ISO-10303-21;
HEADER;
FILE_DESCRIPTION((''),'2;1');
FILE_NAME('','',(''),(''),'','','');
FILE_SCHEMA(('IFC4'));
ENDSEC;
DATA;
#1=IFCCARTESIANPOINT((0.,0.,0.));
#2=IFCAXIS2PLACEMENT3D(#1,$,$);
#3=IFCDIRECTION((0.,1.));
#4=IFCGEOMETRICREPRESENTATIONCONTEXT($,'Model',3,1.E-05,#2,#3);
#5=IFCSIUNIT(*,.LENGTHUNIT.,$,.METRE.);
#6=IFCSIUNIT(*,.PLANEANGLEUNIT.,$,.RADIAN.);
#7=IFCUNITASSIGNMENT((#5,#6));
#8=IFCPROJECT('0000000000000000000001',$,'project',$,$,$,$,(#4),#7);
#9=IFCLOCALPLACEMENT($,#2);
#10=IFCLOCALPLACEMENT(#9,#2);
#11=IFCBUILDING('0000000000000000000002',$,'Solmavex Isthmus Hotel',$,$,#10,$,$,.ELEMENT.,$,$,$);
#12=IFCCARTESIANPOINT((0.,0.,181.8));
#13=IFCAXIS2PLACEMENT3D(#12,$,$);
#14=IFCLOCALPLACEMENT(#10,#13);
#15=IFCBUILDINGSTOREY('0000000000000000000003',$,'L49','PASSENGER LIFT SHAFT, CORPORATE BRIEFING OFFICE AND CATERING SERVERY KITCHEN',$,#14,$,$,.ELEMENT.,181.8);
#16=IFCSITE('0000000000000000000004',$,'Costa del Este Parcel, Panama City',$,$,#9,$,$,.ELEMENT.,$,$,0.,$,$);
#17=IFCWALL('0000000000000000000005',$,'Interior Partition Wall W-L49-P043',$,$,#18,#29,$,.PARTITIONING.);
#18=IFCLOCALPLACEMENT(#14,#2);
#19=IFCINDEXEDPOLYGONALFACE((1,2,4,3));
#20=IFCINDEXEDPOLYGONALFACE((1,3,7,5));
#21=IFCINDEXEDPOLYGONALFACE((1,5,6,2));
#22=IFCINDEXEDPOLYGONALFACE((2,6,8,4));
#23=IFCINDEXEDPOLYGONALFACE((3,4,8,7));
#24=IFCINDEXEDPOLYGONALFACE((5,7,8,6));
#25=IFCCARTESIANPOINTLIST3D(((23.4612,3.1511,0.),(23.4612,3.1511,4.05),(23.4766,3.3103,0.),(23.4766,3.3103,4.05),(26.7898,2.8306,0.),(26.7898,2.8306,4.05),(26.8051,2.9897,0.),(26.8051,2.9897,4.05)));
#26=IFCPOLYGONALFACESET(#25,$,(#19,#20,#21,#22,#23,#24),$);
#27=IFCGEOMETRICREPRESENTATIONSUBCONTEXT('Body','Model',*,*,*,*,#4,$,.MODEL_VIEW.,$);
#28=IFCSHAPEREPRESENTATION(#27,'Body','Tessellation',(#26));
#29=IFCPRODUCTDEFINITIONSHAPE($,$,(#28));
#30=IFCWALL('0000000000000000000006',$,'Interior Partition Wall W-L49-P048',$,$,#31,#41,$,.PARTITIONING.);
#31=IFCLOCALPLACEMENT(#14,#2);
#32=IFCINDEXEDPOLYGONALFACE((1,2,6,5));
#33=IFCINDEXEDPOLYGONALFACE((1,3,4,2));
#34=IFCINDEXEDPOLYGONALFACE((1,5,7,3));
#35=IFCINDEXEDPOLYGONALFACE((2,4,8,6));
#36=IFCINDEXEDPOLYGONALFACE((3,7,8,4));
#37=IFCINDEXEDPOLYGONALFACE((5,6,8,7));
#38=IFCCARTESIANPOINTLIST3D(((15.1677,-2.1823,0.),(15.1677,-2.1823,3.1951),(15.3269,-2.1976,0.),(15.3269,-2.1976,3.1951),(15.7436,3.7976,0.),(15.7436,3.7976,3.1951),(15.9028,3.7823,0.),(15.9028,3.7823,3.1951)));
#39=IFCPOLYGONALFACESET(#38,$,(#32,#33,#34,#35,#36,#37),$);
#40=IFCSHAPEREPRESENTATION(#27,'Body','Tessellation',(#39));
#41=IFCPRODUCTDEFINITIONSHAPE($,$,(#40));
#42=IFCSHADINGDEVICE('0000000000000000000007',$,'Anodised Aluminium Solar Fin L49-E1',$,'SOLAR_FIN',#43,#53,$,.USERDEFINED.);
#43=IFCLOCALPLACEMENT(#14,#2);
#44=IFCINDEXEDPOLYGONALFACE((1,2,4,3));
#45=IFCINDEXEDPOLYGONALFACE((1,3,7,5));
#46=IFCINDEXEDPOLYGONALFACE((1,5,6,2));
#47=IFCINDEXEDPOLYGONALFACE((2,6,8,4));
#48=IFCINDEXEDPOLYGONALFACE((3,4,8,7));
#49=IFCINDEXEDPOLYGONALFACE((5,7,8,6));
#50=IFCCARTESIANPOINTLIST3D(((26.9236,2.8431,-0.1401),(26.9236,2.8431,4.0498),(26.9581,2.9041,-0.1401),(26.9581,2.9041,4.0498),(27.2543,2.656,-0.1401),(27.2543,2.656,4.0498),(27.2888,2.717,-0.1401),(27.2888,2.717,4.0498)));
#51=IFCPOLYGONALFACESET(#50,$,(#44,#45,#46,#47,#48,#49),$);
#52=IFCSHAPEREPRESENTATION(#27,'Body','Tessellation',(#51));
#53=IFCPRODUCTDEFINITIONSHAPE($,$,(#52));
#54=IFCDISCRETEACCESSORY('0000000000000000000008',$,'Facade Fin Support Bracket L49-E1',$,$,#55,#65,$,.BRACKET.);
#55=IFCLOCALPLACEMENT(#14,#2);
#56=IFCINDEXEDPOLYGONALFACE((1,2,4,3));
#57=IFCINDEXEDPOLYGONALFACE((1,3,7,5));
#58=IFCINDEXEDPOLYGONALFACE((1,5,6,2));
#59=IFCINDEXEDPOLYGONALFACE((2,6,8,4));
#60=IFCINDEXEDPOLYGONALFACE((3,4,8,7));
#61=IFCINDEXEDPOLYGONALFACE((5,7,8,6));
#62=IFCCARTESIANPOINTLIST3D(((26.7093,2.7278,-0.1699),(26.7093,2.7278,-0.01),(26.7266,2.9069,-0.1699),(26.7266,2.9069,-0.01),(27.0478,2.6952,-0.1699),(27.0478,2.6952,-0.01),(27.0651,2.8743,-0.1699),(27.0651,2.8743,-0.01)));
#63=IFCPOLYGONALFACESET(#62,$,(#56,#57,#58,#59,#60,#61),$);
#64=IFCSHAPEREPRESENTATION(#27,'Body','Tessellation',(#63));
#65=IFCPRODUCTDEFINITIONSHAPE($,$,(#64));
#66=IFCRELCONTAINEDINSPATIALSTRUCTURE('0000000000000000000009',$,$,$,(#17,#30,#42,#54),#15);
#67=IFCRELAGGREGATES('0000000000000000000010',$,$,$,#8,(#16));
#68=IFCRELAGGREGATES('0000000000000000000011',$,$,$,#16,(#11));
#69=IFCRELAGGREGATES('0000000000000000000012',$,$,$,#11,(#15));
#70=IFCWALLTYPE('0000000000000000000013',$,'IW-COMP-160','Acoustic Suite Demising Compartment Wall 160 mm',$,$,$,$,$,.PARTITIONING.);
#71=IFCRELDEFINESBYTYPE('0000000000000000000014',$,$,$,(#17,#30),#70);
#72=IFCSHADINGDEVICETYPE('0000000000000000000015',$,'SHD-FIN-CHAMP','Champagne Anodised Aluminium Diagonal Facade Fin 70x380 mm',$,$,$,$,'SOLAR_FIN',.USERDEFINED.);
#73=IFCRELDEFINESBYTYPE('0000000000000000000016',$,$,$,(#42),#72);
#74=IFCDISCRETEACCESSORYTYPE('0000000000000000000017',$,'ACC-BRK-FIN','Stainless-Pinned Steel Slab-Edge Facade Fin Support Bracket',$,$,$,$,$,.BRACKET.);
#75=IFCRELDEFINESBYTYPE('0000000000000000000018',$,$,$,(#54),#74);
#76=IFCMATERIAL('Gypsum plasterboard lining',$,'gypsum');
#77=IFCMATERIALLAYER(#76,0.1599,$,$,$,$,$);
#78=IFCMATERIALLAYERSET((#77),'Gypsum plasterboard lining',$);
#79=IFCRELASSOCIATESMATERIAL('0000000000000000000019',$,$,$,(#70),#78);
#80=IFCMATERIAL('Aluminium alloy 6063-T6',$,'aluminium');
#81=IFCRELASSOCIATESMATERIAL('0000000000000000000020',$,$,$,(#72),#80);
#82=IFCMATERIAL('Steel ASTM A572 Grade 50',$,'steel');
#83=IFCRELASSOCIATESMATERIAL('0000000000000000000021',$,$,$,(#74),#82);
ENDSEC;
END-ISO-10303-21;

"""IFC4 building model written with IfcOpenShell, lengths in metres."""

from ifc_helpers import new_model, si_unit, direction, frame, frame_2d, origin, origin_2d, place, context, subcontext, project, spatial, rectangle, extrude, material, layer, layer_set, type_object, element, save


model = new_model("IFC4")

# Units and contexts
model_context = context("Model", 3, precision=1e-05, world=origin(), true_north=direction((0.0, 1.0)))
body_context = subcontext(model_context, "Body", "Model", "MODEL_VIEW")
ifc_project = project(units=[si_unit("LENGTHUNIT", "METRE"), si_unit("PLANEANGLEUNIT", "RADIAN")], contexts=[model_context])

# Site, building, storey
site_placement = place(None, origin())
site = spatial("IfcSite", under=ifc_project, at=site_placement, Name="Costa del Este Parcel, Panama City", CompositionType="ELEMENT", RefElevation=0.0)
building_placement = place(site_placement, origin())
building = spatial("IfcBuilding", under=site, at=building_placement, Name="Solmavex Isthmus Hotel", CompositionType="ELEMENT")
storey_placement = place(building_placement, frame((0.0, 0.0, 181.8)))
storey = spatial("IfcBuildingStorey", under=building, at=storey_placement, Name="L49", Description="PASSENGER LIFT SHAFT, CORPORATE BRIEFING OFFICE AND CATERING SERVERY KITCHEN", CompositionType="ELEMENT", Elevation=181.8)

# Shared definitions
ifc_material_1 = material(Name="Aluminium alloy 6063-T6", Category="aluminium")

# Shared definitions
ifc_material_2 = material(Name="Gypsum plasterboard lining", Category="gypsum")
ifc_layer_1 = layer(ifc_material_2, 0.1599)
ifc_layer_set_1 = layer_set([ifc_layer_1], Name="Gypsum plasterboard lining")
wall_type = type_object("IfcWallType", Name="IW-COMP-160", Description="Acoustic Suite Demising Compartment Wall 160 mm", PredefinedType="PARTITIONING", material=ifc_layer_set_1)

# Walls
wall_1_placement = place(storey_placement, frame((26.7974, 2.9102, 0.0), z_axis=(0.0, 0.0, 1.0), x_axis=(-0.995395, 0.09586, 0.0)))
element("IfcWall", 1, at=wall_1_placement, inside=storey, type_object=wall_type, Name="Interior Partition Wall W-L49-P043", PredefinedType="PARTITIONING", context=body_context, shape_type="SweptSolid", body=[
    extrude(rectangle(XDim=3.344, YDim=0.1599, at=frame_2d((1.6719, 0.0))), origin(), (0.0, 0.0, 1.0), 4.05),
])
wall_2_placement = place(storey_placement, frame((15.8232, 3.79, 0.0), z_axis=(0.0, 0.0, 1.0), x_axis=(-0.095866, -0.995394, 0.0)))
element("IfcWall", 2, at=wall_2_placement, inside=storey, type_object=wall_type, Name="Interior Partition Wall W-L49-P048", PredefinedType="PARTITIONING", context=body_context, shape_type="SweptSolid", body=[
    extrude(rectangle(XDim=6.0076, YDim=0.1599, at=frame_2d((3.0039, 0.0))), origin(), (0.0, 0.0, 1.0), 3.1951),
])

# Shading device
shading_device_type = type_object("IfcShadingDeviceType", Name="SHD-FIN-CHAMP", Description="Champagne Anodised Aluminium Diagonal Facade Fin 70x380 mm", ElementType="SOLAR_FIN", PredefinedType="USERDEFINED", material=ifc_material_1)
shading_device_placement = place(storey_placement, frame((27.1062, 2.78, -0.1401), z_axis=(0.0, 0.0, 1.0), x_axis=(0.870356, -0.492424, 0.0)))
element("IfcShadingDevice", 3, at=shading_device_placement, inside=storey, type_object=shading_device_type, Name="Anodised Aluminium Solar Fin L49-E1", ObjectType="SOLAR_FIN", PredefinedType="USERDEFINED", context=body_context, shape_type="SweptSolid", body=[
    extrude(rectangle(XDim=0.3799, YDim=0.0701, at=origin_2d()), origin(), (0.0, 0.0, 1.0), 4.1899),
])

# Discrete accessory
ifc_material_3 = material(Name="Steel ASTM A572 Grade 50", Category="steel")
discrete_accessory_type = type_object("IfcDiscreteAccessoryType", Name="ACC-BRK-FIN", Description="Stainless-Pinned Steel Slab-Edge Facade Fin Support Bracket", PredefinedType="BRACKET", material=ifc_material_3)
discrete_accessory_placement = place(storey_placement, frame((26.8872, 2.801, -0.1699), z_axis=(0.0, 0.0, 1.0), x_axis=(0.995396, -0.095846, 0.0)))
element("IfcDiscreteAccessory", 4, at=discrete_accessory_placement, inside=storey, type_object=discrete_accessory_type, Name="Facade Fin Support Bracket L49-E1", PredefinedType="BRACKET", context=body_context, shape_type="SweptSolid", body=[
    extrude(rectangle(XDim=0.3401, YDim=0.1799, at=origin_2d()), origin(), (0.0, 0.0, 1.0), 0.1599),
])

save(model, "model.ifc")
